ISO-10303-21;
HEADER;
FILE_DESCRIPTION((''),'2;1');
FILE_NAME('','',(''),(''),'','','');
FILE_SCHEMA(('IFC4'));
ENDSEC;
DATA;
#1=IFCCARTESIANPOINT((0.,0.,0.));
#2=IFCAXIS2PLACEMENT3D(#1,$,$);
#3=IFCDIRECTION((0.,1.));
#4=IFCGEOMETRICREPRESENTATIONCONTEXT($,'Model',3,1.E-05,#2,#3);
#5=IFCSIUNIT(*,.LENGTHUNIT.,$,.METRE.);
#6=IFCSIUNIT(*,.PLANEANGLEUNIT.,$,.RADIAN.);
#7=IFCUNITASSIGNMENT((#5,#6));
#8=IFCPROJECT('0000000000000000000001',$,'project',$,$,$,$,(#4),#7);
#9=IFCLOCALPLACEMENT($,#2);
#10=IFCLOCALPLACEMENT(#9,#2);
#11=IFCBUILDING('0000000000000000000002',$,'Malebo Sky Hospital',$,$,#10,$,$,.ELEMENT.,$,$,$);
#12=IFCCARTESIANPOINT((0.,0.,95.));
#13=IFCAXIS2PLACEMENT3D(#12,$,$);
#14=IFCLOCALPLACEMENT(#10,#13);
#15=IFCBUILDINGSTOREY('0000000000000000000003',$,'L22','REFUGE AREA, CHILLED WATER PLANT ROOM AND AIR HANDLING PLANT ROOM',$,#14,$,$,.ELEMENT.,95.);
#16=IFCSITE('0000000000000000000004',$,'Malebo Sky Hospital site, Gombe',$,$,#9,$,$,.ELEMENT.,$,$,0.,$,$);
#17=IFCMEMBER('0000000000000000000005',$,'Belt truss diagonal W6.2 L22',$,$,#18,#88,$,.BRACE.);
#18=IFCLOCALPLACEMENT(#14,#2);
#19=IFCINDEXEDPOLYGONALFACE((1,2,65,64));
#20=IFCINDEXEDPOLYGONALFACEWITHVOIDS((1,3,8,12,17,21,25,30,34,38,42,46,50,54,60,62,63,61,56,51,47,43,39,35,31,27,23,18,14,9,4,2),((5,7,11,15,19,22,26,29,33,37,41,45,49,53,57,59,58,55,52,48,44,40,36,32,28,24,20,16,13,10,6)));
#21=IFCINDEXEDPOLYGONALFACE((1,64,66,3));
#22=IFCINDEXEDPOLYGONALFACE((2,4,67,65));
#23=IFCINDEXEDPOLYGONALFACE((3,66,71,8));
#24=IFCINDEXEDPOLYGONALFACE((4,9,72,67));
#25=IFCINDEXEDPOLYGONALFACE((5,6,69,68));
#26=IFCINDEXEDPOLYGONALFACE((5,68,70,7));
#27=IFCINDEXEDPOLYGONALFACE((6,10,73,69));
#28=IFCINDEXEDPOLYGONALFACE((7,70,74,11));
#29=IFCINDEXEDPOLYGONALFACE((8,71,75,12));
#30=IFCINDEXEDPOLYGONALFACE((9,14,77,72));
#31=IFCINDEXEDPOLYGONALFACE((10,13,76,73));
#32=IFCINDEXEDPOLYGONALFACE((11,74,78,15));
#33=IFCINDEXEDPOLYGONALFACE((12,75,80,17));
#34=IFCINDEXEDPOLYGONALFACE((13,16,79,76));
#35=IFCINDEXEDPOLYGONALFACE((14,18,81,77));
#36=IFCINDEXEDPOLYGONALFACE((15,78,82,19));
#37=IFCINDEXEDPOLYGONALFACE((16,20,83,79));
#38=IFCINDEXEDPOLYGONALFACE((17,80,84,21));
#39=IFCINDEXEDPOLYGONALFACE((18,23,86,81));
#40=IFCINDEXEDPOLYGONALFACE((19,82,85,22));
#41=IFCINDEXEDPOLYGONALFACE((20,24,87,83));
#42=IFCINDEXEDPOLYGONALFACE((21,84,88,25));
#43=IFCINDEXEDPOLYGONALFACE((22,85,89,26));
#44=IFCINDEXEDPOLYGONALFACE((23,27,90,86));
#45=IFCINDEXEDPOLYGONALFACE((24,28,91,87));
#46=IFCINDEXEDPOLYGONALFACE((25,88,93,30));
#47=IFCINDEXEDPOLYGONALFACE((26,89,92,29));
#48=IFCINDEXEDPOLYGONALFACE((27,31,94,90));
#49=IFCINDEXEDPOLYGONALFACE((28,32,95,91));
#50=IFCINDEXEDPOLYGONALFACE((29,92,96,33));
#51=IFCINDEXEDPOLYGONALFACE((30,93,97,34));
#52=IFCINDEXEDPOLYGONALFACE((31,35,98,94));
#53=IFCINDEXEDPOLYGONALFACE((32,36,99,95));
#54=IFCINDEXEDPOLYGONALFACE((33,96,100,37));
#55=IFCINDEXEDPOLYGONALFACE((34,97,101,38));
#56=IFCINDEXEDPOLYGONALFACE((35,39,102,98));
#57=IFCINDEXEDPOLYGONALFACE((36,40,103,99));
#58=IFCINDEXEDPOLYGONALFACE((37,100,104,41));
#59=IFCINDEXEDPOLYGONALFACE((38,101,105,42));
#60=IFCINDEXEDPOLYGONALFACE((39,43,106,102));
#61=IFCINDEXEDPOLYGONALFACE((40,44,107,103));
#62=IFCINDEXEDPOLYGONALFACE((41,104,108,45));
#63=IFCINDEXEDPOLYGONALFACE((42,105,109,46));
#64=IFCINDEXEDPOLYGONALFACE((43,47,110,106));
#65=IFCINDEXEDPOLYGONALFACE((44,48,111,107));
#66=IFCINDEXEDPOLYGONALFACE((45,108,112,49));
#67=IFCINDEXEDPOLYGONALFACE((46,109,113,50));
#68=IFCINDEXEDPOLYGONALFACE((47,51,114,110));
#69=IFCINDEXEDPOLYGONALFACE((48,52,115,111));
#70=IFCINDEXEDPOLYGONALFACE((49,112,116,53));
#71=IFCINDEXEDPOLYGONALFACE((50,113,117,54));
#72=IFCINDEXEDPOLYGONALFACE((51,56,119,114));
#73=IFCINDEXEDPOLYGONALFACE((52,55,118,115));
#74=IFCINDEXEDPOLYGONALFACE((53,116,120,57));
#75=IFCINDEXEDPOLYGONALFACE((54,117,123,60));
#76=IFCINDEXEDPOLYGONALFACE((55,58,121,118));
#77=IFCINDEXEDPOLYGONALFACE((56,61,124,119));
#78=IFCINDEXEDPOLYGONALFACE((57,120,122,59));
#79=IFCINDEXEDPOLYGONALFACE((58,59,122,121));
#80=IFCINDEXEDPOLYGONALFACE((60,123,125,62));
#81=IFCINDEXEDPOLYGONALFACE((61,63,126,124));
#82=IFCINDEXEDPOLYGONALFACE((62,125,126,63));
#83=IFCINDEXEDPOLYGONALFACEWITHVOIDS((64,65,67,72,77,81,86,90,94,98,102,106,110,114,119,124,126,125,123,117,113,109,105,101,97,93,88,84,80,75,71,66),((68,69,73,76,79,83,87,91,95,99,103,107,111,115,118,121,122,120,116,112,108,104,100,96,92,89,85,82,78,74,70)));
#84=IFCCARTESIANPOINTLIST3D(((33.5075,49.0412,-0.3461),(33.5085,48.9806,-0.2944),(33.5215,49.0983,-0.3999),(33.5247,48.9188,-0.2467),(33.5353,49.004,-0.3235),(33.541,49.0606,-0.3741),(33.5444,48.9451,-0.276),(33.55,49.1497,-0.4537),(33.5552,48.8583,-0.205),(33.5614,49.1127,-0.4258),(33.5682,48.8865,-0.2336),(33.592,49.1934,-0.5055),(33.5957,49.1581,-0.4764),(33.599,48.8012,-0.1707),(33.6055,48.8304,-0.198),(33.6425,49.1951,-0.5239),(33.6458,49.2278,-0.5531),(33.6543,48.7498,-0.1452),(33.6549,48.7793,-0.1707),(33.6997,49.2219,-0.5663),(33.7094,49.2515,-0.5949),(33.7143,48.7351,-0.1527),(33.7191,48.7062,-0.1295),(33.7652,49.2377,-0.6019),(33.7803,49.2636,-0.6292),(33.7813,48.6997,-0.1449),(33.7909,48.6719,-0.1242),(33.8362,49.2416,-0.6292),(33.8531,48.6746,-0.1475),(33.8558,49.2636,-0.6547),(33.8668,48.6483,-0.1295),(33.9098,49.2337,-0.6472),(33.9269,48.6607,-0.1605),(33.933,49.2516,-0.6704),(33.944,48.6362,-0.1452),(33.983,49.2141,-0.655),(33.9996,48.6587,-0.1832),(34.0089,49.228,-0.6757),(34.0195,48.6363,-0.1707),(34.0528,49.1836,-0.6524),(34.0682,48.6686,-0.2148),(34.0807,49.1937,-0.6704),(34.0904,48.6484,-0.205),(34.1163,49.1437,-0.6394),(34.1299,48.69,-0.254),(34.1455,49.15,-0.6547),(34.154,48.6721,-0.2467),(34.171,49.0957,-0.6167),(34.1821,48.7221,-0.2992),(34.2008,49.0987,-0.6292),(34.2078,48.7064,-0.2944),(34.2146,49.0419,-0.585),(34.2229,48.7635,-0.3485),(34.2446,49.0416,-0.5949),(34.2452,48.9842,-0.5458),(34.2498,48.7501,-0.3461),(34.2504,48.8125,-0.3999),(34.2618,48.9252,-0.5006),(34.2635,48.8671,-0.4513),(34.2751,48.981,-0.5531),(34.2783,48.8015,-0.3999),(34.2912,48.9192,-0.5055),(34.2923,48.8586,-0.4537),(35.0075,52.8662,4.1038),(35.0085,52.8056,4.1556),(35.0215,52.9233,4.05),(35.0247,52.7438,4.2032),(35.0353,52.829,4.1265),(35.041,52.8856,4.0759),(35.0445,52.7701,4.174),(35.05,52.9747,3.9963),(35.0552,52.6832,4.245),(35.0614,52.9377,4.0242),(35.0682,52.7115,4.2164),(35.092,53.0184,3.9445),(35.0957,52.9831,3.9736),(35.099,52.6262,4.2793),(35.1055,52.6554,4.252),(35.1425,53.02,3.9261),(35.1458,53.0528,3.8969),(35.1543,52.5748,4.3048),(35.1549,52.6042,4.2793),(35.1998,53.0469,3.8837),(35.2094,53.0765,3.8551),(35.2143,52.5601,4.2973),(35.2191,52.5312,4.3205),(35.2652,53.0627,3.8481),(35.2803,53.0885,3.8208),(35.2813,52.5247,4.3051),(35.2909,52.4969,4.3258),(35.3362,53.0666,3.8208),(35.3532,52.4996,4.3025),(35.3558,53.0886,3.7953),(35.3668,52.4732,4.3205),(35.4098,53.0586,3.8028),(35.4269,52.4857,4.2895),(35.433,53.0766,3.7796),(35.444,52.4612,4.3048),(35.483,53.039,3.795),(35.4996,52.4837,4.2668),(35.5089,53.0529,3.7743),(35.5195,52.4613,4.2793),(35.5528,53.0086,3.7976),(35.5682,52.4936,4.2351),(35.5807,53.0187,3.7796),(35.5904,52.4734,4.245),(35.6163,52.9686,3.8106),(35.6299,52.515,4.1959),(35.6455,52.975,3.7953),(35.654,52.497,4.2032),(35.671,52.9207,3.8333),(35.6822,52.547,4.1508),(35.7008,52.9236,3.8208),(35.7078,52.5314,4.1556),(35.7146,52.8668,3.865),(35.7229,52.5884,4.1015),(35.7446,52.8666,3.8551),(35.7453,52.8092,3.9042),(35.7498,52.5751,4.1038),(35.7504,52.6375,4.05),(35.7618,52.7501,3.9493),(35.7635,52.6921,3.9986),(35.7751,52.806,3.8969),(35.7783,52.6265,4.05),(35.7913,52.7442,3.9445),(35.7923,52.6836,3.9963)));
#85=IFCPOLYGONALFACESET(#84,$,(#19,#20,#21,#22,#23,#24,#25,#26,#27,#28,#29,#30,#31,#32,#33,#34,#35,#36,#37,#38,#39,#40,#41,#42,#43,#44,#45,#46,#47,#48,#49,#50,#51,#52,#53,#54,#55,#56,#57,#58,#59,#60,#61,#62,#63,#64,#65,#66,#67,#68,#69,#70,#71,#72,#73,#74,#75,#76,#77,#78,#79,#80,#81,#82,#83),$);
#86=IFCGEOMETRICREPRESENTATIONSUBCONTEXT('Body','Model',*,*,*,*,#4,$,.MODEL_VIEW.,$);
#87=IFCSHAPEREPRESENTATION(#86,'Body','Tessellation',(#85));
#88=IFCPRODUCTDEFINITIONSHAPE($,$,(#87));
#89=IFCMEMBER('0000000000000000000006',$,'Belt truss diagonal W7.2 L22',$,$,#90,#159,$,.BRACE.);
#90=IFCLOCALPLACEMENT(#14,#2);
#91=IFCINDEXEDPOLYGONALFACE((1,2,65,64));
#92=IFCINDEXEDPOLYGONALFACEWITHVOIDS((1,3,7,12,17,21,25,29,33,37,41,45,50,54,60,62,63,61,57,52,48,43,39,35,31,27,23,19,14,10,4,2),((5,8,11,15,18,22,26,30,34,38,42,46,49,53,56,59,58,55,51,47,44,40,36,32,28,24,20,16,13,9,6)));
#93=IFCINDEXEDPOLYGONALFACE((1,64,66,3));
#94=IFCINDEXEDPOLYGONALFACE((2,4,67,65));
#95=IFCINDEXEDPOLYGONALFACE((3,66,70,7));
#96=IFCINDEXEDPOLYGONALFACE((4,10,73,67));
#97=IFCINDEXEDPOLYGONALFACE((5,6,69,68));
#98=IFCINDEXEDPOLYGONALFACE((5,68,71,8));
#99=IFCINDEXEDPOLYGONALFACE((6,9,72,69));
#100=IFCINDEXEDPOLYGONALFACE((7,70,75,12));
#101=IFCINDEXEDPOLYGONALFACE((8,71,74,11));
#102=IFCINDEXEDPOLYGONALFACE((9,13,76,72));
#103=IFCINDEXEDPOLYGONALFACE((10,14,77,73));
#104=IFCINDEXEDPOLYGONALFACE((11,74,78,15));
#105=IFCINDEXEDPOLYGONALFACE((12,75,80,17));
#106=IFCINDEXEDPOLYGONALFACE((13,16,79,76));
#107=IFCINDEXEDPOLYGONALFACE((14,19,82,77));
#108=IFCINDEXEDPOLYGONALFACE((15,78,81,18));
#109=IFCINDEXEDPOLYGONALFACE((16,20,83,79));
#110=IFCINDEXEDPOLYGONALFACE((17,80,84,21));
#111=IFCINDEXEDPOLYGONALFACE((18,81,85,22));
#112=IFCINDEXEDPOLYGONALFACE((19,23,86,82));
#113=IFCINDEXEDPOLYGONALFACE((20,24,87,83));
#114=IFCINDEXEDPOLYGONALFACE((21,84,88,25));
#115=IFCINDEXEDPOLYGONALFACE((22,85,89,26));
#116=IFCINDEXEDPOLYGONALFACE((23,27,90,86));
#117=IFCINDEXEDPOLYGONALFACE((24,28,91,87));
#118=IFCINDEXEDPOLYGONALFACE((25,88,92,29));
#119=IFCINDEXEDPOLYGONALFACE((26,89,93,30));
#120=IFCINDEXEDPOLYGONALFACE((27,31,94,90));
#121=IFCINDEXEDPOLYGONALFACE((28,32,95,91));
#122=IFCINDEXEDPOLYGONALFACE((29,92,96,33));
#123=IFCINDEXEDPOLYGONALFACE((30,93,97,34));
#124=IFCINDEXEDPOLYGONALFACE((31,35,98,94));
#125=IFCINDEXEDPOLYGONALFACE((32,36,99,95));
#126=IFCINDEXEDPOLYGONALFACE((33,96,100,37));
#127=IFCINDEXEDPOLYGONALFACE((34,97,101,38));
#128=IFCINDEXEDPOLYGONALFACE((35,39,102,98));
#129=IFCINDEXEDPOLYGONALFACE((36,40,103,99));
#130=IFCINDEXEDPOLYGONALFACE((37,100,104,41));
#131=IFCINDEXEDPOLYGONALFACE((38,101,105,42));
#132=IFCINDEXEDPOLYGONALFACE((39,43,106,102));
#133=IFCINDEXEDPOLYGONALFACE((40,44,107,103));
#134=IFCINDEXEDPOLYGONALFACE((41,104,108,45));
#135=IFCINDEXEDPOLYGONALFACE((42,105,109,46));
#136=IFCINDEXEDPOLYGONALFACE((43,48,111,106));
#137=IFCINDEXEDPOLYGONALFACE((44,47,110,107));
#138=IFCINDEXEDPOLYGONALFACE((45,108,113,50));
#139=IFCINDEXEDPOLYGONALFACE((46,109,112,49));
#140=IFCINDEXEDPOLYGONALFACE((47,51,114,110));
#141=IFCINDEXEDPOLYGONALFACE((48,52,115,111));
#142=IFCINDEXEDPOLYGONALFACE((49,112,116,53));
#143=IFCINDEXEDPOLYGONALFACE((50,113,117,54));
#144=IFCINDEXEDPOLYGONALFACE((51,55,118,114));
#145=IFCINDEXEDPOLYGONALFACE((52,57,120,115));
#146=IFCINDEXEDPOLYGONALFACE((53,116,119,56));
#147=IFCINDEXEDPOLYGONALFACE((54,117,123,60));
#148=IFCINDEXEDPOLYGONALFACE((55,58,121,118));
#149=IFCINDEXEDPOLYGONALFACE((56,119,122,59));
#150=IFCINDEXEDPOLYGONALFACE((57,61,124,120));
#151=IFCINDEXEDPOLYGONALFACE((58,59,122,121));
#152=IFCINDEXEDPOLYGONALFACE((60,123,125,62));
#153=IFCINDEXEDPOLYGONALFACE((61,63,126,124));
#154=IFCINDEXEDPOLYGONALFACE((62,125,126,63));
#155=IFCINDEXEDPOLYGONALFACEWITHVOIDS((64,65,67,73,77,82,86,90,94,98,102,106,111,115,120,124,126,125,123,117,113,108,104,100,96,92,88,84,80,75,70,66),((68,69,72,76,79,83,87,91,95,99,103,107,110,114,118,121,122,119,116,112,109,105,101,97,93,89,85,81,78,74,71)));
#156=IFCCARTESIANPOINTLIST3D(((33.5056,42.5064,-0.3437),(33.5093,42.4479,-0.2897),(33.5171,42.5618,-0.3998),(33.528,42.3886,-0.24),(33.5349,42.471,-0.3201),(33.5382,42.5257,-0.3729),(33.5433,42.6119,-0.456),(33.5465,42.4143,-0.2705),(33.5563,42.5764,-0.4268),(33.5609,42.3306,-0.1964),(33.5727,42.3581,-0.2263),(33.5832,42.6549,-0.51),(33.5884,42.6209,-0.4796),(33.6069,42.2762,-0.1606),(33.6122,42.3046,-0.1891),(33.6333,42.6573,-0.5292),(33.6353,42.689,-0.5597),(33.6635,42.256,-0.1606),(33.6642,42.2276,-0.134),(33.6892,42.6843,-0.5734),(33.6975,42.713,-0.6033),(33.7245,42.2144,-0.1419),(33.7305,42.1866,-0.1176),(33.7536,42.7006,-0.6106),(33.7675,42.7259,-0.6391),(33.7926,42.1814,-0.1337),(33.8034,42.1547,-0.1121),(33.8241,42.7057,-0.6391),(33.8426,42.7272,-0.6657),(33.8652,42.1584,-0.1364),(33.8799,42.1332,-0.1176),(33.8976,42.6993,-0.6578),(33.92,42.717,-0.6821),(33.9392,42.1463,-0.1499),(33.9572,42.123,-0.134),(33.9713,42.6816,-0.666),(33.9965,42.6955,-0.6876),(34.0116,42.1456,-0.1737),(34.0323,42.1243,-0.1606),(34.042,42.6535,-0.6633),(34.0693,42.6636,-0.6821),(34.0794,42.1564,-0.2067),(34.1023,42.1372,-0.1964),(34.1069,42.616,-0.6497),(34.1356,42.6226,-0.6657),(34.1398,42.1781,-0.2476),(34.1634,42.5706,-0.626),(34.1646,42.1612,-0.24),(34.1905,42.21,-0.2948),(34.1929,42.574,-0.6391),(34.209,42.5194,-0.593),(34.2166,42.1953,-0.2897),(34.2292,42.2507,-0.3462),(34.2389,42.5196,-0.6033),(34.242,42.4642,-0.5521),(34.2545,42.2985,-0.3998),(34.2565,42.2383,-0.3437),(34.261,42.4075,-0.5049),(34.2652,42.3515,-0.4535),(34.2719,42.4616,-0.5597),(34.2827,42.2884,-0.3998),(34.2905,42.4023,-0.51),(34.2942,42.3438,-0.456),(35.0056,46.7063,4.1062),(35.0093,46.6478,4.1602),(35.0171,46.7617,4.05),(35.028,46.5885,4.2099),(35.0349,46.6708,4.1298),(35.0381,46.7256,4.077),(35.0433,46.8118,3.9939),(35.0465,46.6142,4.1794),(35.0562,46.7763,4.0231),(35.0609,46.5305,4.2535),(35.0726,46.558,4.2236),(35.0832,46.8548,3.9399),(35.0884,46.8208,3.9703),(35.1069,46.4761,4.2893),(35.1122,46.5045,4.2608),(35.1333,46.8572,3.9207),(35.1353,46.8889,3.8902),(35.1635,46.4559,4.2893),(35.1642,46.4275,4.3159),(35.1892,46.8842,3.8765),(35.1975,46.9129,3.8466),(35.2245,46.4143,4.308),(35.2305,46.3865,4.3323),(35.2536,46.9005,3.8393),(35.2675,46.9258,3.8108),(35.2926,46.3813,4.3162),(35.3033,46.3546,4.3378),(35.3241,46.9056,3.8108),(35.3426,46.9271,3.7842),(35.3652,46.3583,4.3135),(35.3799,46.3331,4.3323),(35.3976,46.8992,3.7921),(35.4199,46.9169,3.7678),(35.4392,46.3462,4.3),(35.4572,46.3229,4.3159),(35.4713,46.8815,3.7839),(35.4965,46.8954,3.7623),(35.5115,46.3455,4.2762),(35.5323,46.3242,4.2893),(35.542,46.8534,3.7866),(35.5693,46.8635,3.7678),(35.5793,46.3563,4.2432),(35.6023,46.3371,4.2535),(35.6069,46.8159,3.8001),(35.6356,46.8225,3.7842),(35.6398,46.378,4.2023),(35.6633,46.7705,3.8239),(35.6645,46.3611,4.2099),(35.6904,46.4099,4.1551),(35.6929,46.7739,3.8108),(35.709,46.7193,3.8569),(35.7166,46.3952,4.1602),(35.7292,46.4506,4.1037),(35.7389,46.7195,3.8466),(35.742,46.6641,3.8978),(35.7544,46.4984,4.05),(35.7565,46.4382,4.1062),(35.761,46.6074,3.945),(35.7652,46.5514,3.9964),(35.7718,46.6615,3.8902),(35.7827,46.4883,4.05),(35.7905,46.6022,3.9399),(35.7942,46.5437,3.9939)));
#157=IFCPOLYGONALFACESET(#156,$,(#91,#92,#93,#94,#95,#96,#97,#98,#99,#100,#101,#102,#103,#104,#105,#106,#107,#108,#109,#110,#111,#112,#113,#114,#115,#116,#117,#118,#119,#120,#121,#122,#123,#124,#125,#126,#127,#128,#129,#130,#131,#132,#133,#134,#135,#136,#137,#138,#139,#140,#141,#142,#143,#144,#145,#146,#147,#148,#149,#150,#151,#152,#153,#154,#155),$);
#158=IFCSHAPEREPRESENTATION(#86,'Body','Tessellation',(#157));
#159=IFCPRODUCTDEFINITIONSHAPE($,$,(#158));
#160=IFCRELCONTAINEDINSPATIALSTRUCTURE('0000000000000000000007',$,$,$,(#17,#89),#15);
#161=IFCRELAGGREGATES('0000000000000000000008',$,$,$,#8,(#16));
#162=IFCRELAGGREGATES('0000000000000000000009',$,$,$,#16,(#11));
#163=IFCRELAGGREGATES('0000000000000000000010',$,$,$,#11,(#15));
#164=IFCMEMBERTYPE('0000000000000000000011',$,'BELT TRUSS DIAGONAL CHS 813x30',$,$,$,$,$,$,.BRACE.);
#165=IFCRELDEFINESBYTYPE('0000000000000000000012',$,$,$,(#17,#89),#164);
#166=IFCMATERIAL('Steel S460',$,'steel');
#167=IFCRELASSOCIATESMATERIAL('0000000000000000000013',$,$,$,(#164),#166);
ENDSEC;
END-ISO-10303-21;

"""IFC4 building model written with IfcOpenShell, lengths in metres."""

from ifc_helpers import new_model, si_unit, direction, frame, origin, origin_2d, place, context, subcontext, project, spatial, hollow_circle, extrude, material, material_profile, profile_set, type_object, element, save


model = new_model("IFC4")

# Units and contexts
model_context = context("Model", 3, precision=1e-05, world=origin(), true_north=direction((0.0, 1.0)))
body_context = subcontext(model_context, "Body", "Model", "MODEL_VIEW")
ifc_project = project(units=[si_unit("LENGTHUNIT", "METRE"), si_unit("PLANEANGLEUNIT", "RADIAN")], contexts=[model_context])

# Site, building, storey
site_placement = place(None, origin())
site = spatial("IfcSite", under=ifc_project, at=site_placement, Name="Malebo Sky Hospital site, Gombe", CompositionType="ELEMENT", RefElevation=0.0)
building_placement = place(site_placement, origin())
building = spatial("IfcBuilding", under=site, at=building_placement, Name="Malebo Sky Hospital", CompositionType="ELEMENT")
storey_placement = place(building_placement, frame((0.0, 0.0, 95.0)))
storey = spatial("IfcBuildingStorey", under=building, at=storey_placement, Name="L22", Description="REFUGE AREA, CHILLED WATER PLANT ROOM AND AIR HANDLING PLANT ROOM", CompositionType="ELEMENT", Elevation=95.0)

# Members
ifc_material_1 = material(Name="Steel S460", Category="steel")
ifc_material_profile_1 = material_profile(ifc_material_1, hollow_circle(Radius=0.4065, WallThickness=0.03, at=origin_2d()), Name="CHS 813x30")
ifc_profile_set_1 = profile_set([ifc_material_profile_1], Name="Steel S460")
member_type_1 = type_object("IfcMemberType", Name="BELT TRUSS DIAGONAL CHS 813x30", PredefinedType="BRACE", material=ifc_profile_set_1)
member_1_placement = place(storey_placement, frame((35.3999, 52.7749, 4.05), z_axis=(-0.247664, -0.631535, -0.734728), x_axis=(0.930972, -0.365092, 0.0)))
element("IfcMember", 1, at=member_1_placement, inside=storey, type_object=member_type_1, Name="Belt truss diagonal W6.2 L22", PredefinedType="BRACE", context=body_context, shape_type="SweptSolid", body=[
    extrude(hollow_circle(Radius=0.4065, WallThickness=0.03, at=origin_2d()), origin(), (0.0, 0.0, 1.0), 6.0566),
])
member_2_placement = place(storey_placement, frame((35.3999, 46.625, 4.05), z_axis=(-0.23809, -0.666645, -0.706327), x_axis=(0.941741, -0.33634, 0.0)))
element("IfcMember", 2, at=member_2_placement, inside=storey, type_object=member_type_1, Name="Belt truss diagonal W7.2 L22", PredefinedType="BRACE", context=body_context, shape_type="SweptSolid", body=[
    extrude(hollow_circle(Radius=0.4065, WallThickness=0.03, at=origin_2d()), origin(), (0.0, 0.0, 1.0), 6.3),
])

save(model, "model.ifc")
